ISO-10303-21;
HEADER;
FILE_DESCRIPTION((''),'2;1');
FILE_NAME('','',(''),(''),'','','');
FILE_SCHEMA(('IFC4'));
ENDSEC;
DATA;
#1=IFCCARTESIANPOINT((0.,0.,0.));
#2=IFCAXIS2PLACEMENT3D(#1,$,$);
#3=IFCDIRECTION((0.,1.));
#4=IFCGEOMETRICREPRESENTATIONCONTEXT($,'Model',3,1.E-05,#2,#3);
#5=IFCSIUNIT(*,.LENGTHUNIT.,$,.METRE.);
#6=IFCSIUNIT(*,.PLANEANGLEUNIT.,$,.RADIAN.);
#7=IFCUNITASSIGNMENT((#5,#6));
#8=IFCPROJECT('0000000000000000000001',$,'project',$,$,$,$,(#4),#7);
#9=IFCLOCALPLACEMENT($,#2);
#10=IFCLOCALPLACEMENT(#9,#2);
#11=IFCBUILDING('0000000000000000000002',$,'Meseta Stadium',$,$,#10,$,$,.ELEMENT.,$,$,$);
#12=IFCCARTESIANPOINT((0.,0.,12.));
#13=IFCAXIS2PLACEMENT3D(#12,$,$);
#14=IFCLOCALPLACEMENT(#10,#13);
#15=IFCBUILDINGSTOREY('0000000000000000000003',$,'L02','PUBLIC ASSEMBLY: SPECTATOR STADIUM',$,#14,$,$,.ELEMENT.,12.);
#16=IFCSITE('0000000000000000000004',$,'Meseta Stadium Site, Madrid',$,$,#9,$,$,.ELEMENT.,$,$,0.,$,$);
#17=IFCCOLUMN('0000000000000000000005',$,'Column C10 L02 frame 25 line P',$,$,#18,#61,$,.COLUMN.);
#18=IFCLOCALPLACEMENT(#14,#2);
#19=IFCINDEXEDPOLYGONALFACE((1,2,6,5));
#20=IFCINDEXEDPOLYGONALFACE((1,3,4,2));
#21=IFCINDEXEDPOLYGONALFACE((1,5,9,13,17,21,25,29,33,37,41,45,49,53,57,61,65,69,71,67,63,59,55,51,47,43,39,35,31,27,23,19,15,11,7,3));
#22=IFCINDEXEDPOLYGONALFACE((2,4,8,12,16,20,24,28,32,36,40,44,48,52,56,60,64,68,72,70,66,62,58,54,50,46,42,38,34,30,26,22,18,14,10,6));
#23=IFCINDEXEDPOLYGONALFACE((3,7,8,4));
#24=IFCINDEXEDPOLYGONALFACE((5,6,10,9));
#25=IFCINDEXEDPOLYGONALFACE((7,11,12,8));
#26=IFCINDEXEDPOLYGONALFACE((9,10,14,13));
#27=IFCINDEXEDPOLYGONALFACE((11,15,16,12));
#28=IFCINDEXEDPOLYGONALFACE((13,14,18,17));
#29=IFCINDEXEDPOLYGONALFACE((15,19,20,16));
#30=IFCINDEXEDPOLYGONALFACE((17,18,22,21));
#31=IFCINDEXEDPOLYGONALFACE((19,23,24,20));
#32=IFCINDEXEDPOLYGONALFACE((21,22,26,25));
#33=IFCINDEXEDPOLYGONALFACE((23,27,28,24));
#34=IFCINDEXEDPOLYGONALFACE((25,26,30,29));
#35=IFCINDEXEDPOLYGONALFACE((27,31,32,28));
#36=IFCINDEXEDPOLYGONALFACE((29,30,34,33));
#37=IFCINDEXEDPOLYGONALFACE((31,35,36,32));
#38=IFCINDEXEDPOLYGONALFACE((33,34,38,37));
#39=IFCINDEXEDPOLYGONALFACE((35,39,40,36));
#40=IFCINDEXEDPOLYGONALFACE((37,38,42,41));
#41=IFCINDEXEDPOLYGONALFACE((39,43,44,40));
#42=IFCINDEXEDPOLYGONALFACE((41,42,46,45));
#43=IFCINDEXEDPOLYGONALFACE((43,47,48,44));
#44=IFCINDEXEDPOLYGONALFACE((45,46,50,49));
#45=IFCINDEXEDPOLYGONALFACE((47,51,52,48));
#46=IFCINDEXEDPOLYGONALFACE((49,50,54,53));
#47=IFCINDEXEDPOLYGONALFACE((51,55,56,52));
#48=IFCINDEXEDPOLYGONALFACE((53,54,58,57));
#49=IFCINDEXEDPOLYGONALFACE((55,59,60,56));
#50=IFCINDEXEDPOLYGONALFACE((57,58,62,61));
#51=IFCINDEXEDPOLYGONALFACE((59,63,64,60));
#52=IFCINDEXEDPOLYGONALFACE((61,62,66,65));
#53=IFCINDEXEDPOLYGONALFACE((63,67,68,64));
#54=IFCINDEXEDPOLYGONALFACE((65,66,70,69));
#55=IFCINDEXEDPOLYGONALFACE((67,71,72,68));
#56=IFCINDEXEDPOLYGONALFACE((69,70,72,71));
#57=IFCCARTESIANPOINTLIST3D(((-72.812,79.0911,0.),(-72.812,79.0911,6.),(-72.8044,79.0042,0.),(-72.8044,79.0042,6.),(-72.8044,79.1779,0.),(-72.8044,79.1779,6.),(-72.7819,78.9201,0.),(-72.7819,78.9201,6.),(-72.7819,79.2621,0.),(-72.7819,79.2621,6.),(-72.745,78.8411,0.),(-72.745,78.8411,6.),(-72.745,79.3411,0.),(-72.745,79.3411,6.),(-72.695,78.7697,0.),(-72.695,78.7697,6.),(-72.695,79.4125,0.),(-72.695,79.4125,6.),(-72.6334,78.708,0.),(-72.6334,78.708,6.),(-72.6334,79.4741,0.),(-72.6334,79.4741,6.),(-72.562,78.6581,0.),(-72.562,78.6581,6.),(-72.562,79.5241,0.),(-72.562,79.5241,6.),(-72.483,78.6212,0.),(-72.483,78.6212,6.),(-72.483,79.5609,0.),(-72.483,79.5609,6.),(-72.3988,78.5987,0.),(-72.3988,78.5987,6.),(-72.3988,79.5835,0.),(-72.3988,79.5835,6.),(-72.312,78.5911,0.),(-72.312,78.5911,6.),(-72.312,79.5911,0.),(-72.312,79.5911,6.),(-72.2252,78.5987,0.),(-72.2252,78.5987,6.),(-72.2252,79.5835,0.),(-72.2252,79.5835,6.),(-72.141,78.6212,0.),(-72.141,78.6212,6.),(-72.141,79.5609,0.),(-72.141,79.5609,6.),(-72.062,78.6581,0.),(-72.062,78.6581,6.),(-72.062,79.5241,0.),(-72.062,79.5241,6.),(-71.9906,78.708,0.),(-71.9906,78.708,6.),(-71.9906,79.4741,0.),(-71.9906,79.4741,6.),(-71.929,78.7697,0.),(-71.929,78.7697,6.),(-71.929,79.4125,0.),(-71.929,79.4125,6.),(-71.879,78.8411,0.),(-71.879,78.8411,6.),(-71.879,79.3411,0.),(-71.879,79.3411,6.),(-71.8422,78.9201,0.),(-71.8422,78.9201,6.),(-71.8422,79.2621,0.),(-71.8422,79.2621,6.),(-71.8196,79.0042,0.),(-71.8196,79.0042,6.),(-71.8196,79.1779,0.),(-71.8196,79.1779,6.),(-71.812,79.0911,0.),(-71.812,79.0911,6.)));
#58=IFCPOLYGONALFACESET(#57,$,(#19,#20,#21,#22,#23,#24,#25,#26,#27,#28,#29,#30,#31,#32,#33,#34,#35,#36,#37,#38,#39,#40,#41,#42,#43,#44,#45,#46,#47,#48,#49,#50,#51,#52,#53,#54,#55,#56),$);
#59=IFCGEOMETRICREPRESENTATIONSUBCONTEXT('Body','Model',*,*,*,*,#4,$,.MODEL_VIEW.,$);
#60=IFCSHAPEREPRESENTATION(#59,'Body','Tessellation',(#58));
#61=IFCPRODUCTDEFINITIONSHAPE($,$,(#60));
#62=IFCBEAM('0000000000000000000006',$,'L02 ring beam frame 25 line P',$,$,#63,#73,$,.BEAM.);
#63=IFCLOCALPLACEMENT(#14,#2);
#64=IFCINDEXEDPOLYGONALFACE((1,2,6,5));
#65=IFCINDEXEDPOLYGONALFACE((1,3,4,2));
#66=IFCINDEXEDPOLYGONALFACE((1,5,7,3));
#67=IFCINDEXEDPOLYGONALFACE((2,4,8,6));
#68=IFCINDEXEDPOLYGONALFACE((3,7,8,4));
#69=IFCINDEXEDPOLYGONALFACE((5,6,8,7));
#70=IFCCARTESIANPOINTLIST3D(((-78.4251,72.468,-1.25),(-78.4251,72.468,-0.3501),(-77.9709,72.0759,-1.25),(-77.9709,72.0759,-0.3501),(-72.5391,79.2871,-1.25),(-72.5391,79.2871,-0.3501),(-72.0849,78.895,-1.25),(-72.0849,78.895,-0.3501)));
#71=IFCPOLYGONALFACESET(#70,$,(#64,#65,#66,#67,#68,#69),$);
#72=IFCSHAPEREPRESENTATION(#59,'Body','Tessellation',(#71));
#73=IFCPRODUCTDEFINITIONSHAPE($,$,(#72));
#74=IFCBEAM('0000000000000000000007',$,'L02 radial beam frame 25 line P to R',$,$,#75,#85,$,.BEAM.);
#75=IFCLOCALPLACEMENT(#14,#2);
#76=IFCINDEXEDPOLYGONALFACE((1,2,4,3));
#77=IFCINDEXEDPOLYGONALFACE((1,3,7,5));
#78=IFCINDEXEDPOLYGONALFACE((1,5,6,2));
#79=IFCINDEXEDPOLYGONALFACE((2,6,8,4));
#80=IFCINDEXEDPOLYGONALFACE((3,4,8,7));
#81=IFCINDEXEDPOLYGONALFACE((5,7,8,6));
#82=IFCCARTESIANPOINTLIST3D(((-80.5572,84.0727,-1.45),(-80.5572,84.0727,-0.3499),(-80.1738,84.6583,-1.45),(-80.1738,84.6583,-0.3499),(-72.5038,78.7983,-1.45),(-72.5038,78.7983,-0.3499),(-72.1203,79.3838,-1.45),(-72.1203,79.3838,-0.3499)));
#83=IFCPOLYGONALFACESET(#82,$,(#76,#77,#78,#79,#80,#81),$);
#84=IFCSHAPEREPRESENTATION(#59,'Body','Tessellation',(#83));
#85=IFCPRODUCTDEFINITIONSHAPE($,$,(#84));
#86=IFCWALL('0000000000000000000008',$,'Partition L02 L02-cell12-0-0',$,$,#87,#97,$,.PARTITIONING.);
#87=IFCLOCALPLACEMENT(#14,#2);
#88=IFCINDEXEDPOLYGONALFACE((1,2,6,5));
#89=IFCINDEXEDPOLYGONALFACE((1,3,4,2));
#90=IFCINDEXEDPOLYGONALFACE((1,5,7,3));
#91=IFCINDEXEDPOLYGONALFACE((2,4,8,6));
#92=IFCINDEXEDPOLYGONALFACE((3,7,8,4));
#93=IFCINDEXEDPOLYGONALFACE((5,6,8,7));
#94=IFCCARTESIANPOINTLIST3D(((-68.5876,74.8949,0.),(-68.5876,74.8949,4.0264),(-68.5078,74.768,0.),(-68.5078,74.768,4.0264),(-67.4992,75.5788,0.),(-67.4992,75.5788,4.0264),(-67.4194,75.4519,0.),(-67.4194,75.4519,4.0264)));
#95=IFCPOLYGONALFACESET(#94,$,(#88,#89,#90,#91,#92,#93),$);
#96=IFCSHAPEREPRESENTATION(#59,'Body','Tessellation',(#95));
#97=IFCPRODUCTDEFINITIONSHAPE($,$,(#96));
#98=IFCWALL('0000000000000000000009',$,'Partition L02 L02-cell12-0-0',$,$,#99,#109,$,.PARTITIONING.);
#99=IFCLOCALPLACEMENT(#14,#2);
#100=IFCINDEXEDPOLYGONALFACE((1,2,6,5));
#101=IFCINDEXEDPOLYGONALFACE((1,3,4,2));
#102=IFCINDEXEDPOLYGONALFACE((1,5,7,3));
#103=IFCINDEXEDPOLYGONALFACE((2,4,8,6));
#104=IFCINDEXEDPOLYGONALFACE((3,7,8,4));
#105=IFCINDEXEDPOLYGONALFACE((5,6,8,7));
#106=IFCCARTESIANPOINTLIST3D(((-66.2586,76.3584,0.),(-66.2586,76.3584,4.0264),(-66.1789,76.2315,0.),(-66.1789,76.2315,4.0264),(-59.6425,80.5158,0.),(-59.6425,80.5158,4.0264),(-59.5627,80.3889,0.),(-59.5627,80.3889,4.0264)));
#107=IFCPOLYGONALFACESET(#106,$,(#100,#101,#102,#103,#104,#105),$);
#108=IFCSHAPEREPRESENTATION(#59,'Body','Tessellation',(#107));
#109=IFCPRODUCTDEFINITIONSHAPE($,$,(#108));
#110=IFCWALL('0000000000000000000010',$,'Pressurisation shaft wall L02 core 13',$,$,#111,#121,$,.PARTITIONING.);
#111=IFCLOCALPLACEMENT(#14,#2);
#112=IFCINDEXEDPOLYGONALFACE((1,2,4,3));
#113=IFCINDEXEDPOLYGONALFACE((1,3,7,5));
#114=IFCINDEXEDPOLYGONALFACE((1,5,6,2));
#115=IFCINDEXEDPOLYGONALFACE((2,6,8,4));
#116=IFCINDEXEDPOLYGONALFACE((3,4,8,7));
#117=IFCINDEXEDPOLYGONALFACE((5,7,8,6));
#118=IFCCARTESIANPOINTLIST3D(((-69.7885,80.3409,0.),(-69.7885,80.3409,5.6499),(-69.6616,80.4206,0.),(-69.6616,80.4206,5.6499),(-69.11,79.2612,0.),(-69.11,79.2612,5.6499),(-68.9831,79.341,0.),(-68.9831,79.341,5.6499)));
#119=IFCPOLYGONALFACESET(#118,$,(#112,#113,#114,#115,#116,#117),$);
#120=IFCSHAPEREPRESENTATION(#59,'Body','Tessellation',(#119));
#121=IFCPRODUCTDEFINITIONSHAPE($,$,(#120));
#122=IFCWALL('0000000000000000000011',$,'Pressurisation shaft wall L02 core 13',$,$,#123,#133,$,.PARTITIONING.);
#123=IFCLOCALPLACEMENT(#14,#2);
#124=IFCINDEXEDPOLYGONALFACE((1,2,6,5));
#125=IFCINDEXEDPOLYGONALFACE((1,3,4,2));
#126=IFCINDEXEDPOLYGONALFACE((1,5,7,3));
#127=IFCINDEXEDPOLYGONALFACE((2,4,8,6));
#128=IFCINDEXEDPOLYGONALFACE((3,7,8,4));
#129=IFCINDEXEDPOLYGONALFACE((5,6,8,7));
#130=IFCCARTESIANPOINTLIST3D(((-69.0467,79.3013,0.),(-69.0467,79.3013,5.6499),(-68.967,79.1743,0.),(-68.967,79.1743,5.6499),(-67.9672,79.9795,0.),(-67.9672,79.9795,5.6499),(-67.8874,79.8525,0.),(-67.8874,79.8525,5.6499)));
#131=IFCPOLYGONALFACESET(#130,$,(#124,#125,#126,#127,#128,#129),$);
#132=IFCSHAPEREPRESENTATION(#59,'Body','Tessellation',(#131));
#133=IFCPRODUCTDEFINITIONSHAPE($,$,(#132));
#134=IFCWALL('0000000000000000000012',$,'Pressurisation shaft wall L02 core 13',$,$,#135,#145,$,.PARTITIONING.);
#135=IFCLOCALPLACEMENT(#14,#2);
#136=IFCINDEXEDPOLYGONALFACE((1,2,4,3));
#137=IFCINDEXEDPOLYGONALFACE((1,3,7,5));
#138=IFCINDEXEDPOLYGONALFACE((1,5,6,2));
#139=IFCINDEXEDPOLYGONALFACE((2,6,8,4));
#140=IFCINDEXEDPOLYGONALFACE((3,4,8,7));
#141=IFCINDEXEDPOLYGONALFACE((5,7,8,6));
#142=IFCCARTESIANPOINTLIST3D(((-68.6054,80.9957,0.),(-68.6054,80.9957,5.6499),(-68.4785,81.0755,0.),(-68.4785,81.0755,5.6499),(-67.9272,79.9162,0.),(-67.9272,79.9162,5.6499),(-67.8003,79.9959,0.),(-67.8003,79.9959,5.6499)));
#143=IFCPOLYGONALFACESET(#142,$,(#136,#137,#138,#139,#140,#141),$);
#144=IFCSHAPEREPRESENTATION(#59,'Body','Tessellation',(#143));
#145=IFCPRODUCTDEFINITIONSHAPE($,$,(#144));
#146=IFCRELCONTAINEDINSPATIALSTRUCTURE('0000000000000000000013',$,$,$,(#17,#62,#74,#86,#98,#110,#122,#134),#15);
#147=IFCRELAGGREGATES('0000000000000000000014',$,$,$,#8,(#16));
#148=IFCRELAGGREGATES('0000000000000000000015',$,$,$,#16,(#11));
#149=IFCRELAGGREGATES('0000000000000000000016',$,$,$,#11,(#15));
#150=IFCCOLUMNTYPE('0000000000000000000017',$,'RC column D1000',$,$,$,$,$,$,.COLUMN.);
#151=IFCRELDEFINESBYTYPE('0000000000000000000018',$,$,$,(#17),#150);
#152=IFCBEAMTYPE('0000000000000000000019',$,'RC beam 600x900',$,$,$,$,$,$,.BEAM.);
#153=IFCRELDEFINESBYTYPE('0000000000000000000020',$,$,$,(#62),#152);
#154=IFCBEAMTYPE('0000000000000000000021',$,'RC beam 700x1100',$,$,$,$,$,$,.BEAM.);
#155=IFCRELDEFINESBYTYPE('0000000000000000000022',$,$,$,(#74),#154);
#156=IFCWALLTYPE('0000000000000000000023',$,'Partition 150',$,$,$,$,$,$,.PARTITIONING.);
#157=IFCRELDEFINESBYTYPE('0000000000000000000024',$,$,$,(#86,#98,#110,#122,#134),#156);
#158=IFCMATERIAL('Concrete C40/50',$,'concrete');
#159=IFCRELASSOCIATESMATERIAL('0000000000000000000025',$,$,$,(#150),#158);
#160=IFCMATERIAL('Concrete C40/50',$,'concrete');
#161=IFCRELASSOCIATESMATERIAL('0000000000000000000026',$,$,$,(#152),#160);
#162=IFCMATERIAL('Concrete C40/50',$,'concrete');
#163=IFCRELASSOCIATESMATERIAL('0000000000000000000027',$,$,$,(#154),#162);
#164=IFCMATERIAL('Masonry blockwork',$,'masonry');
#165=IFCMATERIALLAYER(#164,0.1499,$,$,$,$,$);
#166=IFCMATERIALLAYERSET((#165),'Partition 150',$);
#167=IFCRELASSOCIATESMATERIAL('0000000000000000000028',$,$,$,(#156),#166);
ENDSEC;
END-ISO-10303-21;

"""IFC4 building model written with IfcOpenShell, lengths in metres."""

from ifc_helpers import new_model, si_unit, direction, frame, frame_2d, origin, origin_2d, place, context, subcontext, project, spatial, rectangle, circle, extrude, material, layer, layer_set, material_profile, profile_set, type_object, element, save


model = new_model("IFC4")

# Units and contexts
model_context = context("Model", 3, precision=1e-05, world=origin(), true_north=direction((0.0, 1.0)))
body_context = subcontext(model_context, "Body", "Model", "MODEL_VIEW")
ifc_project = project(units=[si_unit("LENGTHUNIT", "METRE"), si_unit("PLANEANGLEUNIT", "RADIAN")], contexts=[model_context])

# Site, building, storey
site_placement = place(None, origin())
site = spatial("IfcSite", under=ifc_project, at=site_placement, Name="Meseta Stadium Site, Madrid", CompositionType="ELEMENT", RefElevation=0.0)
building_placement = place(site_placement, origin())
building = spatial("IfcBuilding", under=site, at=building_placement, Name="Meseta Stadium", CompositionType="ELEMENT")
storey_placement = place(building_placement, frame((0.0, 0.0, 12.0)))
storey = spatial("IfcBuildingStorey", under=building, at=storey_placement, Name="L02", Description="PUBLIC ASSEMBLY: SPECTATOR STADIUM", CompositionType="ELEMENT", Elevation=12.0)

# Column
ifc_material_1 = material(Name="Concrete C40/50", Category="concrete")
ifc_material_profile_1 = material_profile(ifc_material_1, circle(Radius=0.5, at=origin_2d()), Name="RC D1000")
ifc_profile_set_1 = profile_set([ifc_material_profile_1], Name="Concrete C40/50")
column_type = type_object("IfcColumnType", Name="RC column D1000", PredefinedType="COLUMN", material=ifc_profile_set_1)
column_placement = place(storey_placement, frame((-72.312, 79.0911, 0.0), z_axis=(0.0, 0.0, 1.0), x_axis=(1.0, 0.0, 0.0)))
element("IfcColumn", 1, at=column_placement, inside=storey, type_object=column_type, Name="Column C10 L02 frame 25 line P", PredefinedType="COLUMN", context=body_context, shape_type="SweptSolid", body=[
    extrude(circle(Radius=0.5, at=origin_2d()), origin(), (0.0, 0.0, 1.0), 6.0),
])

# Beams
ifc_material_2 = material(Name="Concrete C40/50", Category="concrete")
ifc_material_profile_2 = material_profile(ifc_material_2, rectangle(XDim=0.6001, YDim=0.8999, at=origin_2d()), Name="RC 600x900")
ifc_profile_set_2 = profile_set([ifc_material_profile_2], Name="Concrete C40/50")
beam_type_1 = type_object("IfcBeamType", Name="RC beam 600x900", PredefinedType="BEAM", material=ifc_profile_set_2)
beam_1_placement = place(storey_placement, frame((-72.312, 79.0911, -0.8), z_axis=(-0.653415, -0.757, 0.0), x_axis=(0.757, -0.653415, 0.0)))
element("IfcBeam", 2, at=beam_1_placement, inside=storey, type_object=beam_type_1, Name="L02 ring beam frame 25 line P", PredefinedType="BEAM", context=body_context, shape_type="SweptSolid", body=[
    extrude(rectangle(XDim=0.6001, YDim=0.8999, at=origin_2d()), origin(), (0.0, 0.0, 1.0), 9.0081),
])
ifc_material_3 = material(Name="Concrete C40/50", Category="concrete")
ifc_material_profile_3 = material_profile(ifc_material_3, rectangle(XDim=0.7, YDim=1.1001, at=origin_2d()), Name="RC 700x1100")
ifc_profile_set_3 = profile_set([ifc_material_profile_3], Name="Concrete C40/50")
beam_type_2 = type_object("IfcBeamType", Name="RC beam 700x1100", PredefinedType="BEAM", material=ifc_profile_set_3)
beam_2_placement = place(storey_placement, frame((-72.312, 79.0911, -0.8999), z_axis=(-0.836556, 0.547881, 0.0), x_axis=(-0.547881, -0.836556, 0.0)))
element("IfcBeam", 3, at=beam_2_placement, inside=storey, type_object=beam_type_2, Name="L02 radial beam frame 25 line P to R", PredefinedType="BEAM", context=body_context, shape_type="SweptSolid", body=[
    extrude(rectangle(XDim=0.7, YDim=1.1001, at=origin_2d()), origin(), (0.0, 0.0, 1.0), 9.627),
])

# Walls
ifc_material_4 = material(Name="Masonry blockwork", Category="masonry")
ifc_layer = layer(ifc_material_4, 0.1499)
ifc_layer_set = layer_set([ifc_layer], Name="Partition 150")
wall_type = type_object("IfcWallType", Name="Partition 150", PredefinedType="PARTITIONING", material=ifc_layer_set)
wall_1_placement = place(storey_placement, frame((-68.5476, 74.8315, 0.0), z_axis=(0.0, 0.0, 1.0), x_axis=(0.846737, 0.532012, 0.0)))
element("IfcWall", 4, at=wall_1_placement, inside=storey, type_object=wall_type, Name="Partition L02 L02-cell12-0-0", PredefinedType="PARTITIONING", context=body_context, shape_type="SweptSolid", body=[
    extrude(rectangle(XDim=1.2854, YDim=0.1499, at=frame_2d((0.6426, 0.0))), origin(), (0.0, 0.0, 1.0), 4.0264),
])
wall_2_placement = place(storey_placement, frame((-66.2188, 76.2949, 0.0), z_axis=(0.0, 0.0, 1.0), x_axis=(0.846711, 0.532053, 0.0)))
element("IfcWall", 5, at=wall_2_placement, inside=storey, type_object=wall_type, Name="Partition L02 L02-cell12-0-0", PredefinedType="PARTITIONING", context=body_context, shape_type="SweptSolid", body=[
    extrude(rectangle(XDim=7.814, YDim=0.1499, at=frame_2d((3.907, 0.0))), origin(), (0.0, 0.0, 1.0), 4.0264),
])
wall_3_placement = place(storey_placement, frame((-69.7251, 80.3809, 0.0), z_axis=(0.0, 0.0, 1.0), x_axis=(0.532097, -0.846683, 0.0)))
element("IfcWall", 6, at=wall_3_placement, inside=storey, type_object=wall_type, Name="Pressurisation shaft wall L02 core 13", PredefinedType="PARTITIONING", context=body_context, shape_type="SweptSolid", body=[
    extrude(rectangle(XDim=1.2751, YDim=0.1499, at=frame_2d((0.6377, 0.0))), origin(), (0.0, 0.0, 1.0), 5.6499),
])
for number, where, z_axis, x_axis, name in (
    (7, (-69.0068, 79.2378, 0.0), (0.0, 0.0, 1.0), (0.84677, 0.53196, 0.0), "Pressurisation shaft wall L02 core 13"),
    (8, (-67.8638, 79.9561, 0.0), (0.0, 0.0, 1.0), (-0.53196, 0.84677, 0.0), "Pressurisation shaft wall L02 core 13"),
):
    element("IfcWall", number, at=place(storey_placement, frame(where, z_axis=z_axis, x_axis=x_axis)), inside=storey, type_object=wall_type, Name=name, PredefinedType="PARTITIONING", context=body_context, shape_type="SweptSolid", body=[
        extrude(rectangle(XDim=1.2749, YDim=0.1499, at=frame_2d((0.6375, 0.0))), origin(), (0.0, 0.0, 1.0), 5.6499),
    ])

save(model, "model.ifc")
